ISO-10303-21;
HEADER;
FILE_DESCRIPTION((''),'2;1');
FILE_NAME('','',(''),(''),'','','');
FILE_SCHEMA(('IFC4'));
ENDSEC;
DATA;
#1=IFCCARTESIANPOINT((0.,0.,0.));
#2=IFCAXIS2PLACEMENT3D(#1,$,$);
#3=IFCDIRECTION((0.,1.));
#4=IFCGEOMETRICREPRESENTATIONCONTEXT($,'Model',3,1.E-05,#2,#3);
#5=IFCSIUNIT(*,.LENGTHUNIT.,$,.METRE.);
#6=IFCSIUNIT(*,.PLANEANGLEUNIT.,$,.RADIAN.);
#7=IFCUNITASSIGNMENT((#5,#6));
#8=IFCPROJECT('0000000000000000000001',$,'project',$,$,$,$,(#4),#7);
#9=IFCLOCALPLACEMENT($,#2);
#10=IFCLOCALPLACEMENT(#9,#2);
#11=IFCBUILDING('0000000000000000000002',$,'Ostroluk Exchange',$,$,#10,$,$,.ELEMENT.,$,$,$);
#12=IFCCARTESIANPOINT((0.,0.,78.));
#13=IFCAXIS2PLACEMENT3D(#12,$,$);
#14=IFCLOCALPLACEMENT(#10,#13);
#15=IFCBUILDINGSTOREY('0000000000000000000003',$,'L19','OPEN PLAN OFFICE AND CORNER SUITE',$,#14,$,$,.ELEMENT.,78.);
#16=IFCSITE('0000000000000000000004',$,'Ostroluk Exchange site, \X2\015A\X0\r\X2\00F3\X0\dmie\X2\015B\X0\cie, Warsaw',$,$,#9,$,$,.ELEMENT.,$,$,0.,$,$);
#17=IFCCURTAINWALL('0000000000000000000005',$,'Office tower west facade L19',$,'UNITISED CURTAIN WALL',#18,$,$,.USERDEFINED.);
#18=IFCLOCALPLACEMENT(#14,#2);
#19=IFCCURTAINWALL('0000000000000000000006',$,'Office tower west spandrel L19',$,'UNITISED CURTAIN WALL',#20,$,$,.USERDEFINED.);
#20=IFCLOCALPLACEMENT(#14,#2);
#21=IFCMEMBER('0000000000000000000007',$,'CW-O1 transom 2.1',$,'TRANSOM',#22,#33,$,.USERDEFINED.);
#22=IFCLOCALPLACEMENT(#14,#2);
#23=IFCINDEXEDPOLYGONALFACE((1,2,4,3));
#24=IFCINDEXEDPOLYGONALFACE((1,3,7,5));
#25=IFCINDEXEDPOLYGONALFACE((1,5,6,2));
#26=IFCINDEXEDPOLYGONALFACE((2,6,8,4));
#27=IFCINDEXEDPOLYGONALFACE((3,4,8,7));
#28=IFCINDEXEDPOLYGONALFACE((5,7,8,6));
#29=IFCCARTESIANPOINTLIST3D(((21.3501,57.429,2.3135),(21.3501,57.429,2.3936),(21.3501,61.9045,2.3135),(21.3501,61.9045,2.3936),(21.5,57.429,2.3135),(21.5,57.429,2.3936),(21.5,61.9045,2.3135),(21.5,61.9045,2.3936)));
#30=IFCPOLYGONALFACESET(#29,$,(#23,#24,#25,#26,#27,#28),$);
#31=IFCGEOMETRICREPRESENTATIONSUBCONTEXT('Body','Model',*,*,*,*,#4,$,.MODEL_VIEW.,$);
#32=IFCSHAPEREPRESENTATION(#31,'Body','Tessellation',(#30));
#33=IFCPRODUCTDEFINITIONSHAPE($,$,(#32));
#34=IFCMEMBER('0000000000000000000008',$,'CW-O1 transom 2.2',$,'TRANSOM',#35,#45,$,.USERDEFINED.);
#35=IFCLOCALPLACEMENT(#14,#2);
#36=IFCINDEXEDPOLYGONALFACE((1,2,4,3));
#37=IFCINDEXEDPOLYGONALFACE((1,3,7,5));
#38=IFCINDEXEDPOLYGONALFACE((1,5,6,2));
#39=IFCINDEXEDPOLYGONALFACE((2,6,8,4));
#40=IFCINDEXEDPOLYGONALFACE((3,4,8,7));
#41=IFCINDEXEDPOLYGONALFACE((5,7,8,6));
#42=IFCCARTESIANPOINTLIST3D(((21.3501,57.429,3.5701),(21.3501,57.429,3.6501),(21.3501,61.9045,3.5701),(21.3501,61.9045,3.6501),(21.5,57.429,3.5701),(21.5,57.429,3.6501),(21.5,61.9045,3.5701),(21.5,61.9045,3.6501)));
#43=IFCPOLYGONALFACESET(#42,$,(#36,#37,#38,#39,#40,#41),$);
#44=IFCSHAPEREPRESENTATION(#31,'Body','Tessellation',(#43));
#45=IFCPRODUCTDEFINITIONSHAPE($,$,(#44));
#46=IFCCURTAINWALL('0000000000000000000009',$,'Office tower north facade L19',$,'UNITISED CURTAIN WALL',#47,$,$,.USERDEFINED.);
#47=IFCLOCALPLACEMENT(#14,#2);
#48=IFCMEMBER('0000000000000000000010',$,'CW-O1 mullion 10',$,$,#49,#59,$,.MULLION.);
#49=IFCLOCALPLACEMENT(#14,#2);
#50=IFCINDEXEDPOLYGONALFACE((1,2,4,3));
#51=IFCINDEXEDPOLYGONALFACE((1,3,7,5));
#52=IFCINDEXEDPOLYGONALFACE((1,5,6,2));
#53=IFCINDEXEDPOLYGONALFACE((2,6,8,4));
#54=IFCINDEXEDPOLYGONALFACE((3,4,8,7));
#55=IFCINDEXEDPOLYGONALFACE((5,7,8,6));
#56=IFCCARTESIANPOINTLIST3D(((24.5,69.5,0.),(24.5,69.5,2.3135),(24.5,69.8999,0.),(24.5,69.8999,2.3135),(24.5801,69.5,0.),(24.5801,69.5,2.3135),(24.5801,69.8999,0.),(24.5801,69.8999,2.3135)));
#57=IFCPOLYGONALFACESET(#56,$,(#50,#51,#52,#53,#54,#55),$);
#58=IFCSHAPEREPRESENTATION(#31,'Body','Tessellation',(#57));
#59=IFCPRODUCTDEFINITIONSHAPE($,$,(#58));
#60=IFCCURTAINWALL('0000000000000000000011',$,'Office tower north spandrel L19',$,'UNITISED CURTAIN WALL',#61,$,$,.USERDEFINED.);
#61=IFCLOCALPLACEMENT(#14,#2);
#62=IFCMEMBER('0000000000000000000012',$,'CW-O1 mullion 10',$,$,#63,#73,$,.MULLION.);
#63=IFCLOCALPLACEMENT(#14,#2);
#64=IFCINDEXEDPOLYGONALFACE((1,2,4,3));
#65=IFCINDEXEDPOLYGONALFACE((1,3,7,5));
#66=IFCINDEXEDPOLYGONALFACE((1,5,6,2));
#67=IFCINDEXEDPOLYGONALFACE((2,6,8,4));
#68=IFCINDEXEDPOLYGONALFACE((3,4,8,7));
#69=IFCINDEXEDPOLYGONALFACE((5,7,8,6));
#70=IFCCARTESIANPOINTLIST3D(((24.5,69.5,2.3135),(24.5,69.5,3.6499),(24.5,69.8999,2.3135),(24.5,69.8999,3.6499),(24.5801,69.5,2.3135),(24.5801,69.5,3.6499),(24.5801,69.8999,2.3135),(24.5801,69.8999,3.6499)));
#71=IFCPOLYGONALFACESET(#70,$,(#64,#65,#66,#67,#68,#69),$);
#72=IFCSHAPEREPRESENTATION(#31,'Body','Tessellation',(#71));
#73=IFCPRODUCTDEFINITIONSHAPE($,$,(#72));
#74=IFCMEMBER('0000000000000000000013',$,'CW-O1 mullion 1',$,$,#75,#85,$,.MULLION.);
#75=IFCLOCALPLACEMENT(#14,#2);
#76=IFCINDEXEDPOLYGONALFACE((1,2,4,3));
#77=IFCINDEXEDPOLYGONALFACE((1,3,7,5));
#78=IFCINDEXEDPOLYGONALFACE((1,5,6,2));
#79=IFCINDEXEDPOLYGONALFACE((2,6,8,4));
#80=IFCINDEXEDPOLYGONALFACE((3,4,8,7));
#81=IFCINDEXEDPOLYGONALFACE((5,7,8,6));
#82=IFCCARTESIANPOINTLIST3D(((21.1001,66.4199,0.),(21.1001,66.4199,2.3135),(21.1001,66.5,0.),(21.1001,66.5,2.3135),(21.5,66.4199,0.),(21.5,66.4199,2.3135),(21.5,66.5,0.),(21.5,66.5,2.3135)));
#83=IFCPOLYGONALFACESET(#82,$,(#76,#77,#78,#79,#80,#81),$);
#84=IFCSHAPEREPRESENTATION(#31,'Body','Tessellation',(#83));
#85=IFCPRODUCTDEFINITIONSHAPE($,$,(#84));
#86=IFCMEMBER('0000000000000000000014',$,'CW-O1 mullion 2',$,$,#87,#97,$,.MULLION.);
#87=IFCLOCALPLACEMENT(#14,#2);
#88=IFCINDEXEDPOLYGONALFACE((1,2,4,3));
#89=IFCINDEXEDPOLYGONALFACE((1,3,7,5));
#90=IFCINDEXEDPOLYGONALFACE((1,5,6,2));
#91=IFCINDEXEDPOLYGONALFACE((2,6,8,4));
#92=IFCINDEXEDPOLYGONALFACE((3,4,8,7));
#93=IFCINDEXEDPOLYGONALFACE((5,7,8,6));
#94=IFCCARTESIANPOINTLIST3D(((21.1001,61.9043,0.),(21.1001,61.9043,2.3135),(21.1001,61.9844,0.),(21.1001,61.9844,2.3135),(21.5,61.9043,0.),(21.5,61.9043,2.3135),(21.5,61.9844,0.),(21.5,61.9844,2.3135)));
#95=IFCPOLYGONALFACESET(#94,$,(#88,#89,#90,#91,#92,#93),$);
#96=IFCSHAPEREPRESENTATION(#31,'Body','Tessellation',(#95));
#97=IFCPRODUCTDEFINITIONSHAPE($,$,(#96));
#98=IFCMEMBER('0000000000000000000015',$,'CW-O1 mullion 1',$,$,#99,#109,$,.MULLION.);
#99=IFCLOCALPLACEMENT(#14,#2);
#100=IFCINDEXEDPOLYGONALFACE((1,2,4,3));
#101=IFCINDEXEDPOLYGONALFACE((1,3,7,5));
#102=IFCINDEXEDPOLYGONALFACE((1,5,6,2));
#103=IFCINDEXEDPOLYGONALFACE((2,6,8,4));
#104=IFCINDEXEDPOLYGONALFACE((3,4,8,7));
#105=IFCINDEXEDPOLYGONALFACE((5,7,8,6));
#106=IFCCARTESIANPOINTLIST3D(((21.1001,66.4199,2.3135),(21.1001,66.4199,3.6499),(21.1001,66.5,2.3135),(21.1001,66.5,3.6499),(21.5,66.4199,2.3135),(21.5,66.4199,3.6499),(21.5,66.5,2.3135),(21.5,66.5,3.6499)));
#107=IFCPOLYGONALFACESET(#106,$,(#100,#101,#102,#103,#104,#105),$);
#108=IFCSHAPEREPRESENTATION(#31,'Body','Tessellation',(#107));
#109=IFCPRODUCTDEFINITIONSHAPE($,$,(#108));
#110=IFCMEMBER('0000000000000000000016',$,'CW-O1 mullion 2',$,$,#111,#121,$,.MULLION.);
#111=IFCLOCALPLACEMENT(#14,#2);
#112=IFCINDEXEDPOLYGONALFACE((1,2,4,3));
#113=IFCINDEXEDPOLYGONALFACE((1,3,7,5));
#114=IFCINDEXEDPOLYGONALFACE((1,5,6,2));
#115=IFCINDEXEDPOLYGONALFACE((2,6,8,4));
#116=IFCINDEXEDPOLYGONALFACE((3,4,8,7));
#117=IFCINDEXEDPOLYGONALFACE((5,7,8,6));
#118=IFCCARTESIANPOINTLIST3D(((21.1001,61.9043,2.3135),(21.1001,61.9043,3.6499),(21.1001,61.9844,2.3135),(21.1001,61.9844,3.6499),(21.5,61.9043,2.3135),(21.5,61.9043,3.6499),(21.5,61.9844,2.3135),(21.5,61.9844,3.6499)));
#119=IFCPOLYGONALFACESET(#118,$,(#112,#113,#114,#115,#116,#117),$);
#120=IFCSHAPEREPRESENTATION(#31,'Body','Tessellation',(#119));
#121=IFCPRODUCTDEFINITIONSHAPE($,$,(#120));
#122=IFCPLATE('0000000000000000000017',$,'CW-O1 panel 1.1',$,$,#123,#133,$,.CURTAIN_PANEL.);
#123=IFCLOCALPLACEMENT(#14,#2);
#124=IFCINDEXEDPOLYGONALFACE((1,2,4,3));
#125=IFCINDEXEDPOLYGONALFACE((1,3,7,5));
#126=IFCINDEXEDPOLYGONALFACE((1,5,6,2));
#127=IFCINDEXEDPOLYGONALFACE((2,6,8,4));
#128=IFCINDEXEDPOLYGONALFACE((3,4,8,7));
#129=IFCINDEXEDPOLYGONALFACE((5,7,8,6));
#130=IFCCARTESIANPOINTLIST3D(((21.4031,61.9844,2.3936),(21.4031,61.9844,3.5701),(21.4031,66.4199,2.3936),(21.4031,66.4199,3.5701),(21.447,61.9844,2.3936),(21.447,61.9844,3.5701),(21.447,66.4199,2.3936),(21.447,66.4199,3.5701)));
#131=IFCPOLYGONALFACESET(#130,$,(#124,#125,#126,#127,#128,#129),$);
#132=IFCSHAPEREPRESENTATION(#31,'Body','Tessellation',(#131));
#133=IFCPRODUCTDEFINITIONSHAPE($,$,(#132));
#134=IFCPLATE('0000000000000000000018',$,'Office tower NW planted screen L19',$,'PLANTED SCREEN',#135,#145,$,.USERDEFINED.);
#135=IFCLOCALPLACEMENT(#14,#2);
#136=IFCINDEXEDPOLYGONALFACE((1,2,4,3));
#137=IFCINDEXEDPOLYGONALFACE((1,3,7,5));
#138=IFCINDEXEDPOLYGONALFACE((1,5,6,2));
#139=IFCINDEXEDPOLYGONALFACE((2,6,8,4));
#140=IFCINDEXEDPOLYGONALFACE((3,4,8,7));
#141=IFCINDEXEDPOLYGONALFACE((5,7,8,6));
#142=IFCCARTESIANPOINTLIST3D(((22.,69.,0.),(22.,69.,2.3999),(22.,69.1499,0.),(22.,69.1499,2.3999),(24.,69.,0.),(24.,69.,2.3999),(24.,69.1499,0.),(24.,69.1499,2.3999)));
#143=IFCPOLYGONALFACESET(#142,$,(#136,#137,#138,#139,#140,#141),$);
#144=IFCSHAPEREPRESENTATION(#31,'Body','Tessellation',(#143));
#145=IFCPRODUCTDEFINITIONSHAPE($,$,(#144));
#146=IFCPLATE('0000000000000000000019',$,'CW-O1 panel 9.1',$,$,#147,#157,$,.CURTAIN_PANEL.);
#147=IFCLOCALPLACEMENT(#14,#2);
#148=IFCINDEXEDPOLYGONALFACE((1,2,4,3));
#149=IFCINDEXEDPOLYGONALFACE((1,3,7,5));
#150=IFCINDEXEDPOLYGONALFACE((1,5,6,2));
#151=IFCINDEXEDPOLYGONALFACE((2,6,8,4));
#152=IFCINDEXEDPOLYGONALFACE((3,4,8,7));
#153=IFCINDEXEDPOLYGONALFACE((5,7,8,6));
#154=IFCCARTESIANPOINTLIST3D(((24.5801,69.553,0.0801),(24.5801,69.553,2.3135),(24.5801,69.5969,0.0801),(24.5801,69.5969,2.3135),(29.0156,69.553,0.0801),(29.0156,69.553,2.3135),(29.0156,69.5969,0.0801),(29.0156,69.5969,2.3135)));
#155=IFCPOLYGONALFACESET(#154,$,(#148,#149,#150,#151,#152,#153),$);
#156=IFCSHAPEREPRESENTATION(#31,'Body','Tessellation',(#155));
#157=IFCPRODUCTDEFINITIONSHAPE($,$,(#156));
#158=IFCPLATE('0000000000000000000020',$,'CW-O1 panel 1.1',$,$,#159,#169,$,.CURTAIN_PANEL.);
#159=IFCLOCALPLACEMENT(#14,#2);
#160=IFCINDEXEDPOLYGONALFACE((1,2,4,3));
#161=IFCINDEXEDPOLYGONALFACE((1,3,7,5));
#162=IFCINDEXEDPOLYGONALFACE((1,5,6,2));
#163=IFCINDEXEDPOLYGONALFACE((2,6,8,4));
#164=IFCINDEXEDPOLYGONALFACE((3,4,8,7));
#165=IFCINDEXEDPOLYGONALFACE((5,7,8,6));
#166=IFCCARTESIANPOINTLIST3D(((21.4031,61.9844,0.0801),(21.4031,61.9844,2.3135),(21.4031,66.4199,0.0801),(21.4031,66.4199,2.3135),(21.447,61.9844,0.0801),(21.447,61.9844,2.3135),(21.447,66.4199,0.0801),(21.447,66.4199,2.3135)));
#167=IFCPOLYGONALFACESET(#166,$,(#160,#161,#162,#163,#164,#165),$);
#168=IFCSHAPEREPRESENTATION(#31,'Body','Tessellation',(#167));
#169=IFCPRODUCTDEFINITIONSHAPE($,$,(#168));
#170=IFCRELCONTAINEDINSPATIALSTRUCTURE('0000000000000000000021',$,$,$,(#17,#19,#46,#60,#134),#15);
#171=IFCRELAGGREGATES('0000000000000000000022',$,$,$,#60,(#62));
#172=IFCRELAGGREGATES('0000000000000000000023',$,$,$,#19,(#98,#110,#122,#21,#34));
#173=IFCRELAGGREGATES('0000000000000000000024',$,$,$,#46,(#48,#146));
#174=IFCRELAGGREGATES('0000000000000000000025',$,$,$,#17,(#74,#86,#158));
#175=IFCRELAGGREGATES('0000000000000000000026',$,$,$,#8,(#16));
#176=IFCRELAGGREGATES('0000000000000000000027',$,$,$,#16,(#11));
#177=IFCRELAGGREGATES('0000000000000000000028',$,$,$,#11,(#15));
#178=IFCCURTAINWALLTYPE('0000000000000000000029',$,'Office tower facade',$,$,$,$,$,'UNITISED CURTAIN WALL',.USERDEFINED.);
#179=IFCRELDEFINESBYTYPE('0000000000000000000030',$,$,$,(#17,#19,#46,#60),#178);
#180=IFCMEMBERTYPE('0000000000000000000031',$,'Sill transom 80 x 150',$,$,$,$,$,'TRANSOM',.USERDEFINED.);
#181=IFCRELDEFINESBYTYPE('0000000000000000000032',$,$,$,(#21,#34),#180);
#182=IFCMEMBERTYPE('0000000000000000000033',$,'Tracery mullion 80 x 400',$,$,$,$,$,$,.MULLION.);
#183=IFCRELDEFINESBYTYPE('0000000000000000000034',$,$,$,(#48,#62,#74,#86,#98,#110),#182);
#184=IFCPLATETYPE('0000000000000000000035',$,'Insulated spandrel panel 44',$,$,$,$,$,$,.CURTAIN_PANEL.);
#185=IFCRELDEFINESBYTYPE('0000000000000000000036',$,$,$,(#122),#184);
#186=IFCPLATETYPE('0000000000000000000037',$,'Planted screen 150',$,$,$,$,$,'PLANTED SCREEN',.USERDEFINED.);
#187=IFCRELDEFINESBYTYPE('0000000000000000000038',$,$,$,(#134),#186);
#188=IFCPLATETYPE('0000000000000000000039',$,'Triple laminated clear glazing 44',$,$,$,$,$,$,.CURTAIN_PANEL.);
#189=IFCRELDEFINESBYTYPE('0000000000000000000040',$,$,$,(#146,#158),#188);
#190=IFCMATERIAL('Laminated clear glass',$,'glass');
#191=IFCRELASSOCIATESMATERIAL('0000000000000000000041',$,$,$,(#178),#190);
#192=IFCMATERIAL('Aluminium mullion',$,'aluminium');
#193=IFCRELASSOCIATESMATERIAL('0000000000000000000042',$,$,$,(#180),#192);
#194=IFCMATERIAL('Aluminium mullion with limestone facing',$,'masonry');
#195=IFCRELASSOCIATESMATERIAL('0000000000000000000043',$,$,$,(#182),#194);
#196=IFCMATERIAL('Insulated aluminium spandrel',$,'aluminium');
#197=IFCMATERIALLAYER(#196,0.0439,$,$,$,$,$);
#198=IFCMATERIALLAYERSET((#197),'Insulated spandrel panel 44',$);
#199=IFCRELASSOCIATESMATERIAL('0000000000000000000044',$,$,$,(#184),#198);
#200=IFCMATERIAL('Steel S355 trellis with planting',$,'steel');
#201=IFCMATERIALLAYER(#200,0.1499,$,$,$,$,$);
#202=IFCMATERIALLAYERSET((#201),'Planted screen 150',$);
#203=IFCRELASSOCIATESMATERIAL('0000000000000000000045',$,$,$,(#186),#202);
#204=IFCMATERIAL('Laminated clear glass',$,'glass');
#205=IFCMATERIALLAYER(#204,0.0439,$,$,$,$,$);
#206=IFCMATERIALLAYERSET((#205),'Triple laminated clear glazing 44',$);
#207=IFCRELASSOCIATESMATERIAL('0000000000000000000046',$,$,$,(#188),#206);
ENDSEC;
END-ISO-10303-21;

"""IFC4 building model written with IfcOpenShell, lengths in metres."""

from ifc_helpers import new_model, si_unit, direction, frame, origin, origin_2d, place, context, subcontext, project, spatial, rectangle, extrude, material, layer, layer_set, material_profile, profile_set, type_object, element, aggregate, save


model = new_model("IFC4")

# Units and contexts
model_context = context("Model", 3, precision=1e-05, world=origin(), true_north=direction((0.0, 1.0)))
body_context = subcontext(model_context, "Body", "Model", "MODEL_VIEW")
ifc_project = project(units=[si_unit("LENGTHUNIT", "METRE"), si_unit("PLANEANGLEUNIT", "RADIAN")], contexts=[model_context])

# Site, building, storey
site_placement = place(None, origin())
site = spatial("IfcSite", under=ifc_project, at=site_placement, Name="Ostroluk Exchange site, Śródmieście, Warsaw", CompositionType="ELEMENT", RefElevation=0.0)
building_placement = place(site_placement, origin())
building = spatial("IfcBuilding", under=site, at=building_placement, Name="Ostroluk Exchange", CompositionType="ELEMENT")
storey_placement = place(building_placement, frame((0.0, 0.0, 78.0)))
storey = spatial("IfcBuildingStorey", under=building, at=storey_placement, Name="L19", Description="OPEN PLAN OFFICE AND CORNER SUITE", CompositionType="ELEMENT", Elevation=78.0)

# Curtain walls, members
ifc_material_1 = material(Name="Laminated clear glass", Category="glass")
curtain_wall_type = type_object("IfcCurtainWallType", Name="Office tower facade", ElementType="UNITISED CURTAIN WALL", PredefinedType="USERDEFINED", material=ifc_material_1)
curtain_wall_1_placement = place(storey_placement, origin())
curtain_wall_1 = element("IfcCurtainWall", 1, at=curtain_wall_1_placement, inside=storey, type_object=curtain_wall_type, Name="Office tower west facade L19", ObjectType="UNITISED CURTAIN WALL", PredefinedType="USERDEFINED")
ifc_material_2 = material(Name="Aluminium mullion", Category="aluminium")
ifc_material_profile_1 = material_profile(ifc_material_2, rectangle(XDim=0.1499, YDim=0.0801, at=origin_2d()), Name="Sill transom 80 x 150")
ifc_profile_set_1 = profile_set([ifc_material_profile_1], Name="Aluminium mullion")
member_type_1 = type_object("IfcMemberType", Name="Sill transom 80 x 150", ElementType="TRANSOM", PredefinedType="USERDEFINED", material=ifc_profile_set_1)
curtain_wall_2_placement = place(storey_placement, origin())
curtain_wall_2 = element("IfcCurtainWall", 2, at=curtain_wall_2_placement, inside=storey, type_object=curtain_wall_type, Name="Office tower west spandrel L19", ObjectType="UNITISED CURTAIN WALL", PredefinedType="USERDEFINED")
member_1_placement = place(storey_placement, frame((21.425, 61.9045, 2.3535), z_axis=(0.0, -1.0, 0.0), x_axis=(1.0, 0.0, 0.0)))
member_1 = element("IfcMember", 3, at=member_1_placement, type_object=member_type_1, Name="CW-O1 transom 2.1", ObjectType="TRANSOM", PredefinedType="USERDEFINED", context=body_context, shape_type="SweptSolid", body=[
    extrude(rectangle(XDim=0.1499, YDim=0.0801, at=origin_2d()), origin(), (0.0, 0.0, 1.0), 4.4756),
])
member_2_placement = place(storey_placement, frame((21.425, 61.9045, 3.6101), z_axis=(0.0, -1.0, 0.0), x_axis=(1.0, 0.0, 0.0)))
member_2 = element("IfcMember", 4, at=member_2_placement, type_object=member_type_1, Name="CW-O1 transom 2.2", ObjectType="TRANSOM", PredefinedType="USERDEFINED", context=body_context, shape_type="SweptSolid", body=[
    extrude(rectangle(XDim=0.1499, YDim=0.0801, at=origin_2d()), origin(), (0.0, 0.0, 1.0), 4.4756),
])

# Curtain walls, members
curtain_wall_3_placement = place(storey_placement, origin())
curtain_wall_3 = element("IfcCurtainWall", 5, at=curtain_wall_3_placement, inside=storey, type_object=curtain_wall_type, Name="Office tower north facade L19", ObjectType="UNITISED CURTAIN WALL", PredefinedType="USERDEFINED")
ifc_material_3 = material(Name="Aluminium mullion with limestone facing", Category="masonry")
ifc_material_profile_2 = material_profile(ifc_material_3, rectangle(XDim=0.3999, YDim=0.0801, at=origin_2d()), Name="Tracery mullion 80 x 400")
ifc_profile_set_2 = profile_set([ifc_material_profile_2], Name="Aluminium mullion with limestone facing")
member_type_2 = type_object("IfcMemberType", Name="Tracery mullion 80 x 400", PredefinedType="MULLION", material=ifc_profile_set_2)
member_3_placement = place(storey_placement, frame((24.54, 69.7, 0.0), z_axis=(0.0, 0.0, 1.0), x_axis=(0.0, -1.0, 0.0)))
member_3 = element("IfcMember", 6, at=member_3_placement, type_object=member_type_2, Name="CW-O1 mullion 10", PredefinedType="MULLION", context=body_context, shape_type="SweptSolid", body=[
    extrude(rectangle(XDim=0.3999, YDim=0.0801, at=origin_2d()), origin(), (0.0, 0.0, 1.0), 2.3135),
])
curtain_wall_4_placement = place(storey_placement, origin())
curtain_wall_4 = element("IfcCurtainWall", 7, at=curtain_wall_4_placement, inside=storey, type_object=curtain_wall_type, Name="Office tower north spandrel L19", ObjectType="UNITISED CURTAIN WALL", PredefinedType="USERDEFINED")
member_4_placement = place(storey_placement, frame((24.54, 69.7, 2.3135), z_axis=(0.0, 0.0, 1.0), x_axis=(0.0, -1.0, 0.0)))
member_4 = element("IfcMember", 8, at=member_4_placement, type_object=member_type_2, Name="CW-O1 mullion 10", PredefinedType="MULLION", context=body_context, shape_type="SweptSolid", body=[
    extrude(rectangle(XDim=0.3999, YDim=0.0801, at=origin_2d()), origin(), (0.0, 0.0, 1.0), 1.3364),
])
aggregate(curtain_wall_4, [member_4])

# Members
member_5_placement = place(storey_placement, frame((21.3, 66.46, 0.0), z_axis=(0.0, 0.0, 1.0), x_axis=(1.0, 0.0, 0.0)))
member_5 = element("IfcMember", 9, at=member_5_placement, type_object=member_type_2, Name="CW-O1 mullion 1", PredefinedType="MULLION", context=body_context, shape_type="SweptSolid", body=[
    extrude(rectangle(XDim=0.3999, YDim=0.0801, at=origin_2d()), origin(), (0.0, 0.0, 1.0), 2.3135),
])
member_6_placement = place(storey_placement, frame((21.3, 61.9443, 0.0), z_axis=(0.0, 0.0, 1.0), x_axis=(1.0, 0.0, 0.0)))
member_6 = element("IfcMember", 10, at=member_6_placement, type_object=member_type_2, Name="CW-O1 mullion 2", PredefinedType="MULLION", context=body_context, shape_type="SweptSolid", body=[
    extrude(rectangle(XDim=0.3999, YDim=0.0801, at=origin_2d()), origin(), (0.0, 0.0, 1.0), 2.3135),
])
member_7_placement = place(storey_placement, frame((21.3, 66.46, 2.3135), z_axis=(0.0, 0.0, 1.0), x_axis=(1.0, 0.0, 0.0)))
member_7 = element("IfcMember", 11, at=member_7_placement, type_object=member_type_2, Name="CW-O1 mullion 1", PredefinedType="MULLION", context=body_context, shape_type="SweptSolid", body=[
    extrude(rectangle(XDim=0.3999, YDim=0.0801, at=origin_2d()), origin(), (0.0, 0.0, 1.0), 1.3364),
])
member_8_placement = place(storey_placement, frame((21.3, 61.9443, 2.3135), z_axis=(0.0, 0.0, 1.0), x_axis=(1.0, 0.0, 0.0)))
member_8 = element("IfcMember", 12, at=member_8_placement, type_object=member_type_2, Name="CW-O1 mullion 2", PredefinedType="MULLION", context=body_context, shape_type="SweptSolid", body=[
    extrude(rectangle(XDim=0.3999, YDim=0.0801, at=origin_2d()), origin(), (0.0, 0.0, 1.0), 1.3364),
])

# Plates
ifc_material_4 = material(Name="Insulated aluminium spandrel", Category="aluminium")
ifc_layer_1 = layer(ifc_material_4, 0.0439)
ifc_layer_set_1 = layer_set([ifc_layer_1], Name="Insulated spandrel panel 44")
plate_type_1 = type_object("IfcPlateType", Name="Insulated spandrel panel 44", PredefinedType="CURTAIN_PANEL", material=ifc_layer_set_1)
plate_1_placement = place(storey_placement, frame((21.425, 64.2021, 2.3936), z_axis=(0.0, 0.0, 1.0), x_axis=(0.0, -1.0, 0.0)))
plate_1 = element("IfcPlate", 13, at=plate_1_placement, type_object=plate_type_1, Name="CW-O1 panel 1.1", PredefinedType="CURTAIN_PANEL", context=body_context, shape_type="SweptSolid", body=[
    extrude(rectangle(XDim=4.4355, YDim=0.0439, at=origin_2d()), origin(), (0.0, 0.0, 1.0), 1.1765),
])
aggregate(curtain_wall_2, [member_7, member_8, plate_1, member_1, member_2])
ifc_material_5 = material(Name="Steel S355 trellis with planting", Category="steel")
ifc_layer_2 = layer(ifc_material_5, 0.1499)
ifc_layer_set_2 = layer_set([ifc_layer_2], Name="Planted screen 150")
plate_type_2 = type_object("IfcPlateType", Name="Planted screen 150", ElementType="PLANTED SCREEN", PredefinedType="USERDEFINED", material=ifc_layer_set_2)
plate_2_placement = place(storey_placement, frame((23.0, 69.075, 0.0), z_axis=(0.0, 0.0, 1.0), x_axis=(1.0, 0.0, 0.0)))
element("IfcPlate", 14, at=plate_2_placement, inside=storey, type_object=plate_type_2, Name="Office tower NW planted screen L19", ObjectType="PLANTED SCREEN", PredefinedType="USERDEFINED", context=body_context, shape_type="SweptSolid", body=[
    extrude(rectangle(XDim=2.0, YDim=0.1499, at=origin_2d()), origin(), (0.0, 0.0, 1.0), 2.3999),
])
ifc_material_6 = material(Name="Laminated clear glass", Category="glass")
ifc_layer_3 = layer(ifc_material_6, 0.0439)
ifc_layer_set_3 = layer_set([ifc_layer_3], Name="Triple laminated clear glazing 44")
plate_type_3 = type_object("IfcPlateType", Name="Triple laminated clear glazing 44", PredefinedType="CURTAIN_PANEL", material=ifc_layer_set_3)
plate_3_placement = place(storey_placement, frame((26.7979, 69.575, 0.0801), z_axis=(0.0, 0.0, 1.0), x_axis=(-1.0, 0.0, 0.0)))
plate_3 = element("IfcPlate", 15, at=plate_3_placement, type_object=plate_type_3, Name="CW-O1 panel 9.1", PredefinedType="CURTAIN_PANEL", context=body_context, shape_type="SweptSolid", body=[
    extrude(rectangle(XDim=4.4355, YDim=0.0439, at=origin_2d()), origin(), (0.0, 0.0, 1.0), 2.2334),
])
aggregate(curtain_wall_3, [member_3, plate_3])
plate_4_placement = place(storey_placement, frame((21.425, 64.2021, 0.0801), z_axis=(0.0, 0.0, 1.0), x_axis=(0.0, -1.0, 0.0)))
plate_4 = element("IfcPlate", 16, at=plate_4_placement, type_object=plate_type_3, Name="CW-O1 panel 1.1", PredefinedType="CURTAIN_PANEL", context=body_context, shape_type="SweptSolid", body=[
    extrude(rectangle(XDim=4.4355, YDim=0.0439, at=origin_2d()), origin(), (0.0, 0.0, 1.0), 2.2334),
])
aggregate(curtain_wall_1, [member_5, member_6, plate_4])

save(model, "model.ifc")
